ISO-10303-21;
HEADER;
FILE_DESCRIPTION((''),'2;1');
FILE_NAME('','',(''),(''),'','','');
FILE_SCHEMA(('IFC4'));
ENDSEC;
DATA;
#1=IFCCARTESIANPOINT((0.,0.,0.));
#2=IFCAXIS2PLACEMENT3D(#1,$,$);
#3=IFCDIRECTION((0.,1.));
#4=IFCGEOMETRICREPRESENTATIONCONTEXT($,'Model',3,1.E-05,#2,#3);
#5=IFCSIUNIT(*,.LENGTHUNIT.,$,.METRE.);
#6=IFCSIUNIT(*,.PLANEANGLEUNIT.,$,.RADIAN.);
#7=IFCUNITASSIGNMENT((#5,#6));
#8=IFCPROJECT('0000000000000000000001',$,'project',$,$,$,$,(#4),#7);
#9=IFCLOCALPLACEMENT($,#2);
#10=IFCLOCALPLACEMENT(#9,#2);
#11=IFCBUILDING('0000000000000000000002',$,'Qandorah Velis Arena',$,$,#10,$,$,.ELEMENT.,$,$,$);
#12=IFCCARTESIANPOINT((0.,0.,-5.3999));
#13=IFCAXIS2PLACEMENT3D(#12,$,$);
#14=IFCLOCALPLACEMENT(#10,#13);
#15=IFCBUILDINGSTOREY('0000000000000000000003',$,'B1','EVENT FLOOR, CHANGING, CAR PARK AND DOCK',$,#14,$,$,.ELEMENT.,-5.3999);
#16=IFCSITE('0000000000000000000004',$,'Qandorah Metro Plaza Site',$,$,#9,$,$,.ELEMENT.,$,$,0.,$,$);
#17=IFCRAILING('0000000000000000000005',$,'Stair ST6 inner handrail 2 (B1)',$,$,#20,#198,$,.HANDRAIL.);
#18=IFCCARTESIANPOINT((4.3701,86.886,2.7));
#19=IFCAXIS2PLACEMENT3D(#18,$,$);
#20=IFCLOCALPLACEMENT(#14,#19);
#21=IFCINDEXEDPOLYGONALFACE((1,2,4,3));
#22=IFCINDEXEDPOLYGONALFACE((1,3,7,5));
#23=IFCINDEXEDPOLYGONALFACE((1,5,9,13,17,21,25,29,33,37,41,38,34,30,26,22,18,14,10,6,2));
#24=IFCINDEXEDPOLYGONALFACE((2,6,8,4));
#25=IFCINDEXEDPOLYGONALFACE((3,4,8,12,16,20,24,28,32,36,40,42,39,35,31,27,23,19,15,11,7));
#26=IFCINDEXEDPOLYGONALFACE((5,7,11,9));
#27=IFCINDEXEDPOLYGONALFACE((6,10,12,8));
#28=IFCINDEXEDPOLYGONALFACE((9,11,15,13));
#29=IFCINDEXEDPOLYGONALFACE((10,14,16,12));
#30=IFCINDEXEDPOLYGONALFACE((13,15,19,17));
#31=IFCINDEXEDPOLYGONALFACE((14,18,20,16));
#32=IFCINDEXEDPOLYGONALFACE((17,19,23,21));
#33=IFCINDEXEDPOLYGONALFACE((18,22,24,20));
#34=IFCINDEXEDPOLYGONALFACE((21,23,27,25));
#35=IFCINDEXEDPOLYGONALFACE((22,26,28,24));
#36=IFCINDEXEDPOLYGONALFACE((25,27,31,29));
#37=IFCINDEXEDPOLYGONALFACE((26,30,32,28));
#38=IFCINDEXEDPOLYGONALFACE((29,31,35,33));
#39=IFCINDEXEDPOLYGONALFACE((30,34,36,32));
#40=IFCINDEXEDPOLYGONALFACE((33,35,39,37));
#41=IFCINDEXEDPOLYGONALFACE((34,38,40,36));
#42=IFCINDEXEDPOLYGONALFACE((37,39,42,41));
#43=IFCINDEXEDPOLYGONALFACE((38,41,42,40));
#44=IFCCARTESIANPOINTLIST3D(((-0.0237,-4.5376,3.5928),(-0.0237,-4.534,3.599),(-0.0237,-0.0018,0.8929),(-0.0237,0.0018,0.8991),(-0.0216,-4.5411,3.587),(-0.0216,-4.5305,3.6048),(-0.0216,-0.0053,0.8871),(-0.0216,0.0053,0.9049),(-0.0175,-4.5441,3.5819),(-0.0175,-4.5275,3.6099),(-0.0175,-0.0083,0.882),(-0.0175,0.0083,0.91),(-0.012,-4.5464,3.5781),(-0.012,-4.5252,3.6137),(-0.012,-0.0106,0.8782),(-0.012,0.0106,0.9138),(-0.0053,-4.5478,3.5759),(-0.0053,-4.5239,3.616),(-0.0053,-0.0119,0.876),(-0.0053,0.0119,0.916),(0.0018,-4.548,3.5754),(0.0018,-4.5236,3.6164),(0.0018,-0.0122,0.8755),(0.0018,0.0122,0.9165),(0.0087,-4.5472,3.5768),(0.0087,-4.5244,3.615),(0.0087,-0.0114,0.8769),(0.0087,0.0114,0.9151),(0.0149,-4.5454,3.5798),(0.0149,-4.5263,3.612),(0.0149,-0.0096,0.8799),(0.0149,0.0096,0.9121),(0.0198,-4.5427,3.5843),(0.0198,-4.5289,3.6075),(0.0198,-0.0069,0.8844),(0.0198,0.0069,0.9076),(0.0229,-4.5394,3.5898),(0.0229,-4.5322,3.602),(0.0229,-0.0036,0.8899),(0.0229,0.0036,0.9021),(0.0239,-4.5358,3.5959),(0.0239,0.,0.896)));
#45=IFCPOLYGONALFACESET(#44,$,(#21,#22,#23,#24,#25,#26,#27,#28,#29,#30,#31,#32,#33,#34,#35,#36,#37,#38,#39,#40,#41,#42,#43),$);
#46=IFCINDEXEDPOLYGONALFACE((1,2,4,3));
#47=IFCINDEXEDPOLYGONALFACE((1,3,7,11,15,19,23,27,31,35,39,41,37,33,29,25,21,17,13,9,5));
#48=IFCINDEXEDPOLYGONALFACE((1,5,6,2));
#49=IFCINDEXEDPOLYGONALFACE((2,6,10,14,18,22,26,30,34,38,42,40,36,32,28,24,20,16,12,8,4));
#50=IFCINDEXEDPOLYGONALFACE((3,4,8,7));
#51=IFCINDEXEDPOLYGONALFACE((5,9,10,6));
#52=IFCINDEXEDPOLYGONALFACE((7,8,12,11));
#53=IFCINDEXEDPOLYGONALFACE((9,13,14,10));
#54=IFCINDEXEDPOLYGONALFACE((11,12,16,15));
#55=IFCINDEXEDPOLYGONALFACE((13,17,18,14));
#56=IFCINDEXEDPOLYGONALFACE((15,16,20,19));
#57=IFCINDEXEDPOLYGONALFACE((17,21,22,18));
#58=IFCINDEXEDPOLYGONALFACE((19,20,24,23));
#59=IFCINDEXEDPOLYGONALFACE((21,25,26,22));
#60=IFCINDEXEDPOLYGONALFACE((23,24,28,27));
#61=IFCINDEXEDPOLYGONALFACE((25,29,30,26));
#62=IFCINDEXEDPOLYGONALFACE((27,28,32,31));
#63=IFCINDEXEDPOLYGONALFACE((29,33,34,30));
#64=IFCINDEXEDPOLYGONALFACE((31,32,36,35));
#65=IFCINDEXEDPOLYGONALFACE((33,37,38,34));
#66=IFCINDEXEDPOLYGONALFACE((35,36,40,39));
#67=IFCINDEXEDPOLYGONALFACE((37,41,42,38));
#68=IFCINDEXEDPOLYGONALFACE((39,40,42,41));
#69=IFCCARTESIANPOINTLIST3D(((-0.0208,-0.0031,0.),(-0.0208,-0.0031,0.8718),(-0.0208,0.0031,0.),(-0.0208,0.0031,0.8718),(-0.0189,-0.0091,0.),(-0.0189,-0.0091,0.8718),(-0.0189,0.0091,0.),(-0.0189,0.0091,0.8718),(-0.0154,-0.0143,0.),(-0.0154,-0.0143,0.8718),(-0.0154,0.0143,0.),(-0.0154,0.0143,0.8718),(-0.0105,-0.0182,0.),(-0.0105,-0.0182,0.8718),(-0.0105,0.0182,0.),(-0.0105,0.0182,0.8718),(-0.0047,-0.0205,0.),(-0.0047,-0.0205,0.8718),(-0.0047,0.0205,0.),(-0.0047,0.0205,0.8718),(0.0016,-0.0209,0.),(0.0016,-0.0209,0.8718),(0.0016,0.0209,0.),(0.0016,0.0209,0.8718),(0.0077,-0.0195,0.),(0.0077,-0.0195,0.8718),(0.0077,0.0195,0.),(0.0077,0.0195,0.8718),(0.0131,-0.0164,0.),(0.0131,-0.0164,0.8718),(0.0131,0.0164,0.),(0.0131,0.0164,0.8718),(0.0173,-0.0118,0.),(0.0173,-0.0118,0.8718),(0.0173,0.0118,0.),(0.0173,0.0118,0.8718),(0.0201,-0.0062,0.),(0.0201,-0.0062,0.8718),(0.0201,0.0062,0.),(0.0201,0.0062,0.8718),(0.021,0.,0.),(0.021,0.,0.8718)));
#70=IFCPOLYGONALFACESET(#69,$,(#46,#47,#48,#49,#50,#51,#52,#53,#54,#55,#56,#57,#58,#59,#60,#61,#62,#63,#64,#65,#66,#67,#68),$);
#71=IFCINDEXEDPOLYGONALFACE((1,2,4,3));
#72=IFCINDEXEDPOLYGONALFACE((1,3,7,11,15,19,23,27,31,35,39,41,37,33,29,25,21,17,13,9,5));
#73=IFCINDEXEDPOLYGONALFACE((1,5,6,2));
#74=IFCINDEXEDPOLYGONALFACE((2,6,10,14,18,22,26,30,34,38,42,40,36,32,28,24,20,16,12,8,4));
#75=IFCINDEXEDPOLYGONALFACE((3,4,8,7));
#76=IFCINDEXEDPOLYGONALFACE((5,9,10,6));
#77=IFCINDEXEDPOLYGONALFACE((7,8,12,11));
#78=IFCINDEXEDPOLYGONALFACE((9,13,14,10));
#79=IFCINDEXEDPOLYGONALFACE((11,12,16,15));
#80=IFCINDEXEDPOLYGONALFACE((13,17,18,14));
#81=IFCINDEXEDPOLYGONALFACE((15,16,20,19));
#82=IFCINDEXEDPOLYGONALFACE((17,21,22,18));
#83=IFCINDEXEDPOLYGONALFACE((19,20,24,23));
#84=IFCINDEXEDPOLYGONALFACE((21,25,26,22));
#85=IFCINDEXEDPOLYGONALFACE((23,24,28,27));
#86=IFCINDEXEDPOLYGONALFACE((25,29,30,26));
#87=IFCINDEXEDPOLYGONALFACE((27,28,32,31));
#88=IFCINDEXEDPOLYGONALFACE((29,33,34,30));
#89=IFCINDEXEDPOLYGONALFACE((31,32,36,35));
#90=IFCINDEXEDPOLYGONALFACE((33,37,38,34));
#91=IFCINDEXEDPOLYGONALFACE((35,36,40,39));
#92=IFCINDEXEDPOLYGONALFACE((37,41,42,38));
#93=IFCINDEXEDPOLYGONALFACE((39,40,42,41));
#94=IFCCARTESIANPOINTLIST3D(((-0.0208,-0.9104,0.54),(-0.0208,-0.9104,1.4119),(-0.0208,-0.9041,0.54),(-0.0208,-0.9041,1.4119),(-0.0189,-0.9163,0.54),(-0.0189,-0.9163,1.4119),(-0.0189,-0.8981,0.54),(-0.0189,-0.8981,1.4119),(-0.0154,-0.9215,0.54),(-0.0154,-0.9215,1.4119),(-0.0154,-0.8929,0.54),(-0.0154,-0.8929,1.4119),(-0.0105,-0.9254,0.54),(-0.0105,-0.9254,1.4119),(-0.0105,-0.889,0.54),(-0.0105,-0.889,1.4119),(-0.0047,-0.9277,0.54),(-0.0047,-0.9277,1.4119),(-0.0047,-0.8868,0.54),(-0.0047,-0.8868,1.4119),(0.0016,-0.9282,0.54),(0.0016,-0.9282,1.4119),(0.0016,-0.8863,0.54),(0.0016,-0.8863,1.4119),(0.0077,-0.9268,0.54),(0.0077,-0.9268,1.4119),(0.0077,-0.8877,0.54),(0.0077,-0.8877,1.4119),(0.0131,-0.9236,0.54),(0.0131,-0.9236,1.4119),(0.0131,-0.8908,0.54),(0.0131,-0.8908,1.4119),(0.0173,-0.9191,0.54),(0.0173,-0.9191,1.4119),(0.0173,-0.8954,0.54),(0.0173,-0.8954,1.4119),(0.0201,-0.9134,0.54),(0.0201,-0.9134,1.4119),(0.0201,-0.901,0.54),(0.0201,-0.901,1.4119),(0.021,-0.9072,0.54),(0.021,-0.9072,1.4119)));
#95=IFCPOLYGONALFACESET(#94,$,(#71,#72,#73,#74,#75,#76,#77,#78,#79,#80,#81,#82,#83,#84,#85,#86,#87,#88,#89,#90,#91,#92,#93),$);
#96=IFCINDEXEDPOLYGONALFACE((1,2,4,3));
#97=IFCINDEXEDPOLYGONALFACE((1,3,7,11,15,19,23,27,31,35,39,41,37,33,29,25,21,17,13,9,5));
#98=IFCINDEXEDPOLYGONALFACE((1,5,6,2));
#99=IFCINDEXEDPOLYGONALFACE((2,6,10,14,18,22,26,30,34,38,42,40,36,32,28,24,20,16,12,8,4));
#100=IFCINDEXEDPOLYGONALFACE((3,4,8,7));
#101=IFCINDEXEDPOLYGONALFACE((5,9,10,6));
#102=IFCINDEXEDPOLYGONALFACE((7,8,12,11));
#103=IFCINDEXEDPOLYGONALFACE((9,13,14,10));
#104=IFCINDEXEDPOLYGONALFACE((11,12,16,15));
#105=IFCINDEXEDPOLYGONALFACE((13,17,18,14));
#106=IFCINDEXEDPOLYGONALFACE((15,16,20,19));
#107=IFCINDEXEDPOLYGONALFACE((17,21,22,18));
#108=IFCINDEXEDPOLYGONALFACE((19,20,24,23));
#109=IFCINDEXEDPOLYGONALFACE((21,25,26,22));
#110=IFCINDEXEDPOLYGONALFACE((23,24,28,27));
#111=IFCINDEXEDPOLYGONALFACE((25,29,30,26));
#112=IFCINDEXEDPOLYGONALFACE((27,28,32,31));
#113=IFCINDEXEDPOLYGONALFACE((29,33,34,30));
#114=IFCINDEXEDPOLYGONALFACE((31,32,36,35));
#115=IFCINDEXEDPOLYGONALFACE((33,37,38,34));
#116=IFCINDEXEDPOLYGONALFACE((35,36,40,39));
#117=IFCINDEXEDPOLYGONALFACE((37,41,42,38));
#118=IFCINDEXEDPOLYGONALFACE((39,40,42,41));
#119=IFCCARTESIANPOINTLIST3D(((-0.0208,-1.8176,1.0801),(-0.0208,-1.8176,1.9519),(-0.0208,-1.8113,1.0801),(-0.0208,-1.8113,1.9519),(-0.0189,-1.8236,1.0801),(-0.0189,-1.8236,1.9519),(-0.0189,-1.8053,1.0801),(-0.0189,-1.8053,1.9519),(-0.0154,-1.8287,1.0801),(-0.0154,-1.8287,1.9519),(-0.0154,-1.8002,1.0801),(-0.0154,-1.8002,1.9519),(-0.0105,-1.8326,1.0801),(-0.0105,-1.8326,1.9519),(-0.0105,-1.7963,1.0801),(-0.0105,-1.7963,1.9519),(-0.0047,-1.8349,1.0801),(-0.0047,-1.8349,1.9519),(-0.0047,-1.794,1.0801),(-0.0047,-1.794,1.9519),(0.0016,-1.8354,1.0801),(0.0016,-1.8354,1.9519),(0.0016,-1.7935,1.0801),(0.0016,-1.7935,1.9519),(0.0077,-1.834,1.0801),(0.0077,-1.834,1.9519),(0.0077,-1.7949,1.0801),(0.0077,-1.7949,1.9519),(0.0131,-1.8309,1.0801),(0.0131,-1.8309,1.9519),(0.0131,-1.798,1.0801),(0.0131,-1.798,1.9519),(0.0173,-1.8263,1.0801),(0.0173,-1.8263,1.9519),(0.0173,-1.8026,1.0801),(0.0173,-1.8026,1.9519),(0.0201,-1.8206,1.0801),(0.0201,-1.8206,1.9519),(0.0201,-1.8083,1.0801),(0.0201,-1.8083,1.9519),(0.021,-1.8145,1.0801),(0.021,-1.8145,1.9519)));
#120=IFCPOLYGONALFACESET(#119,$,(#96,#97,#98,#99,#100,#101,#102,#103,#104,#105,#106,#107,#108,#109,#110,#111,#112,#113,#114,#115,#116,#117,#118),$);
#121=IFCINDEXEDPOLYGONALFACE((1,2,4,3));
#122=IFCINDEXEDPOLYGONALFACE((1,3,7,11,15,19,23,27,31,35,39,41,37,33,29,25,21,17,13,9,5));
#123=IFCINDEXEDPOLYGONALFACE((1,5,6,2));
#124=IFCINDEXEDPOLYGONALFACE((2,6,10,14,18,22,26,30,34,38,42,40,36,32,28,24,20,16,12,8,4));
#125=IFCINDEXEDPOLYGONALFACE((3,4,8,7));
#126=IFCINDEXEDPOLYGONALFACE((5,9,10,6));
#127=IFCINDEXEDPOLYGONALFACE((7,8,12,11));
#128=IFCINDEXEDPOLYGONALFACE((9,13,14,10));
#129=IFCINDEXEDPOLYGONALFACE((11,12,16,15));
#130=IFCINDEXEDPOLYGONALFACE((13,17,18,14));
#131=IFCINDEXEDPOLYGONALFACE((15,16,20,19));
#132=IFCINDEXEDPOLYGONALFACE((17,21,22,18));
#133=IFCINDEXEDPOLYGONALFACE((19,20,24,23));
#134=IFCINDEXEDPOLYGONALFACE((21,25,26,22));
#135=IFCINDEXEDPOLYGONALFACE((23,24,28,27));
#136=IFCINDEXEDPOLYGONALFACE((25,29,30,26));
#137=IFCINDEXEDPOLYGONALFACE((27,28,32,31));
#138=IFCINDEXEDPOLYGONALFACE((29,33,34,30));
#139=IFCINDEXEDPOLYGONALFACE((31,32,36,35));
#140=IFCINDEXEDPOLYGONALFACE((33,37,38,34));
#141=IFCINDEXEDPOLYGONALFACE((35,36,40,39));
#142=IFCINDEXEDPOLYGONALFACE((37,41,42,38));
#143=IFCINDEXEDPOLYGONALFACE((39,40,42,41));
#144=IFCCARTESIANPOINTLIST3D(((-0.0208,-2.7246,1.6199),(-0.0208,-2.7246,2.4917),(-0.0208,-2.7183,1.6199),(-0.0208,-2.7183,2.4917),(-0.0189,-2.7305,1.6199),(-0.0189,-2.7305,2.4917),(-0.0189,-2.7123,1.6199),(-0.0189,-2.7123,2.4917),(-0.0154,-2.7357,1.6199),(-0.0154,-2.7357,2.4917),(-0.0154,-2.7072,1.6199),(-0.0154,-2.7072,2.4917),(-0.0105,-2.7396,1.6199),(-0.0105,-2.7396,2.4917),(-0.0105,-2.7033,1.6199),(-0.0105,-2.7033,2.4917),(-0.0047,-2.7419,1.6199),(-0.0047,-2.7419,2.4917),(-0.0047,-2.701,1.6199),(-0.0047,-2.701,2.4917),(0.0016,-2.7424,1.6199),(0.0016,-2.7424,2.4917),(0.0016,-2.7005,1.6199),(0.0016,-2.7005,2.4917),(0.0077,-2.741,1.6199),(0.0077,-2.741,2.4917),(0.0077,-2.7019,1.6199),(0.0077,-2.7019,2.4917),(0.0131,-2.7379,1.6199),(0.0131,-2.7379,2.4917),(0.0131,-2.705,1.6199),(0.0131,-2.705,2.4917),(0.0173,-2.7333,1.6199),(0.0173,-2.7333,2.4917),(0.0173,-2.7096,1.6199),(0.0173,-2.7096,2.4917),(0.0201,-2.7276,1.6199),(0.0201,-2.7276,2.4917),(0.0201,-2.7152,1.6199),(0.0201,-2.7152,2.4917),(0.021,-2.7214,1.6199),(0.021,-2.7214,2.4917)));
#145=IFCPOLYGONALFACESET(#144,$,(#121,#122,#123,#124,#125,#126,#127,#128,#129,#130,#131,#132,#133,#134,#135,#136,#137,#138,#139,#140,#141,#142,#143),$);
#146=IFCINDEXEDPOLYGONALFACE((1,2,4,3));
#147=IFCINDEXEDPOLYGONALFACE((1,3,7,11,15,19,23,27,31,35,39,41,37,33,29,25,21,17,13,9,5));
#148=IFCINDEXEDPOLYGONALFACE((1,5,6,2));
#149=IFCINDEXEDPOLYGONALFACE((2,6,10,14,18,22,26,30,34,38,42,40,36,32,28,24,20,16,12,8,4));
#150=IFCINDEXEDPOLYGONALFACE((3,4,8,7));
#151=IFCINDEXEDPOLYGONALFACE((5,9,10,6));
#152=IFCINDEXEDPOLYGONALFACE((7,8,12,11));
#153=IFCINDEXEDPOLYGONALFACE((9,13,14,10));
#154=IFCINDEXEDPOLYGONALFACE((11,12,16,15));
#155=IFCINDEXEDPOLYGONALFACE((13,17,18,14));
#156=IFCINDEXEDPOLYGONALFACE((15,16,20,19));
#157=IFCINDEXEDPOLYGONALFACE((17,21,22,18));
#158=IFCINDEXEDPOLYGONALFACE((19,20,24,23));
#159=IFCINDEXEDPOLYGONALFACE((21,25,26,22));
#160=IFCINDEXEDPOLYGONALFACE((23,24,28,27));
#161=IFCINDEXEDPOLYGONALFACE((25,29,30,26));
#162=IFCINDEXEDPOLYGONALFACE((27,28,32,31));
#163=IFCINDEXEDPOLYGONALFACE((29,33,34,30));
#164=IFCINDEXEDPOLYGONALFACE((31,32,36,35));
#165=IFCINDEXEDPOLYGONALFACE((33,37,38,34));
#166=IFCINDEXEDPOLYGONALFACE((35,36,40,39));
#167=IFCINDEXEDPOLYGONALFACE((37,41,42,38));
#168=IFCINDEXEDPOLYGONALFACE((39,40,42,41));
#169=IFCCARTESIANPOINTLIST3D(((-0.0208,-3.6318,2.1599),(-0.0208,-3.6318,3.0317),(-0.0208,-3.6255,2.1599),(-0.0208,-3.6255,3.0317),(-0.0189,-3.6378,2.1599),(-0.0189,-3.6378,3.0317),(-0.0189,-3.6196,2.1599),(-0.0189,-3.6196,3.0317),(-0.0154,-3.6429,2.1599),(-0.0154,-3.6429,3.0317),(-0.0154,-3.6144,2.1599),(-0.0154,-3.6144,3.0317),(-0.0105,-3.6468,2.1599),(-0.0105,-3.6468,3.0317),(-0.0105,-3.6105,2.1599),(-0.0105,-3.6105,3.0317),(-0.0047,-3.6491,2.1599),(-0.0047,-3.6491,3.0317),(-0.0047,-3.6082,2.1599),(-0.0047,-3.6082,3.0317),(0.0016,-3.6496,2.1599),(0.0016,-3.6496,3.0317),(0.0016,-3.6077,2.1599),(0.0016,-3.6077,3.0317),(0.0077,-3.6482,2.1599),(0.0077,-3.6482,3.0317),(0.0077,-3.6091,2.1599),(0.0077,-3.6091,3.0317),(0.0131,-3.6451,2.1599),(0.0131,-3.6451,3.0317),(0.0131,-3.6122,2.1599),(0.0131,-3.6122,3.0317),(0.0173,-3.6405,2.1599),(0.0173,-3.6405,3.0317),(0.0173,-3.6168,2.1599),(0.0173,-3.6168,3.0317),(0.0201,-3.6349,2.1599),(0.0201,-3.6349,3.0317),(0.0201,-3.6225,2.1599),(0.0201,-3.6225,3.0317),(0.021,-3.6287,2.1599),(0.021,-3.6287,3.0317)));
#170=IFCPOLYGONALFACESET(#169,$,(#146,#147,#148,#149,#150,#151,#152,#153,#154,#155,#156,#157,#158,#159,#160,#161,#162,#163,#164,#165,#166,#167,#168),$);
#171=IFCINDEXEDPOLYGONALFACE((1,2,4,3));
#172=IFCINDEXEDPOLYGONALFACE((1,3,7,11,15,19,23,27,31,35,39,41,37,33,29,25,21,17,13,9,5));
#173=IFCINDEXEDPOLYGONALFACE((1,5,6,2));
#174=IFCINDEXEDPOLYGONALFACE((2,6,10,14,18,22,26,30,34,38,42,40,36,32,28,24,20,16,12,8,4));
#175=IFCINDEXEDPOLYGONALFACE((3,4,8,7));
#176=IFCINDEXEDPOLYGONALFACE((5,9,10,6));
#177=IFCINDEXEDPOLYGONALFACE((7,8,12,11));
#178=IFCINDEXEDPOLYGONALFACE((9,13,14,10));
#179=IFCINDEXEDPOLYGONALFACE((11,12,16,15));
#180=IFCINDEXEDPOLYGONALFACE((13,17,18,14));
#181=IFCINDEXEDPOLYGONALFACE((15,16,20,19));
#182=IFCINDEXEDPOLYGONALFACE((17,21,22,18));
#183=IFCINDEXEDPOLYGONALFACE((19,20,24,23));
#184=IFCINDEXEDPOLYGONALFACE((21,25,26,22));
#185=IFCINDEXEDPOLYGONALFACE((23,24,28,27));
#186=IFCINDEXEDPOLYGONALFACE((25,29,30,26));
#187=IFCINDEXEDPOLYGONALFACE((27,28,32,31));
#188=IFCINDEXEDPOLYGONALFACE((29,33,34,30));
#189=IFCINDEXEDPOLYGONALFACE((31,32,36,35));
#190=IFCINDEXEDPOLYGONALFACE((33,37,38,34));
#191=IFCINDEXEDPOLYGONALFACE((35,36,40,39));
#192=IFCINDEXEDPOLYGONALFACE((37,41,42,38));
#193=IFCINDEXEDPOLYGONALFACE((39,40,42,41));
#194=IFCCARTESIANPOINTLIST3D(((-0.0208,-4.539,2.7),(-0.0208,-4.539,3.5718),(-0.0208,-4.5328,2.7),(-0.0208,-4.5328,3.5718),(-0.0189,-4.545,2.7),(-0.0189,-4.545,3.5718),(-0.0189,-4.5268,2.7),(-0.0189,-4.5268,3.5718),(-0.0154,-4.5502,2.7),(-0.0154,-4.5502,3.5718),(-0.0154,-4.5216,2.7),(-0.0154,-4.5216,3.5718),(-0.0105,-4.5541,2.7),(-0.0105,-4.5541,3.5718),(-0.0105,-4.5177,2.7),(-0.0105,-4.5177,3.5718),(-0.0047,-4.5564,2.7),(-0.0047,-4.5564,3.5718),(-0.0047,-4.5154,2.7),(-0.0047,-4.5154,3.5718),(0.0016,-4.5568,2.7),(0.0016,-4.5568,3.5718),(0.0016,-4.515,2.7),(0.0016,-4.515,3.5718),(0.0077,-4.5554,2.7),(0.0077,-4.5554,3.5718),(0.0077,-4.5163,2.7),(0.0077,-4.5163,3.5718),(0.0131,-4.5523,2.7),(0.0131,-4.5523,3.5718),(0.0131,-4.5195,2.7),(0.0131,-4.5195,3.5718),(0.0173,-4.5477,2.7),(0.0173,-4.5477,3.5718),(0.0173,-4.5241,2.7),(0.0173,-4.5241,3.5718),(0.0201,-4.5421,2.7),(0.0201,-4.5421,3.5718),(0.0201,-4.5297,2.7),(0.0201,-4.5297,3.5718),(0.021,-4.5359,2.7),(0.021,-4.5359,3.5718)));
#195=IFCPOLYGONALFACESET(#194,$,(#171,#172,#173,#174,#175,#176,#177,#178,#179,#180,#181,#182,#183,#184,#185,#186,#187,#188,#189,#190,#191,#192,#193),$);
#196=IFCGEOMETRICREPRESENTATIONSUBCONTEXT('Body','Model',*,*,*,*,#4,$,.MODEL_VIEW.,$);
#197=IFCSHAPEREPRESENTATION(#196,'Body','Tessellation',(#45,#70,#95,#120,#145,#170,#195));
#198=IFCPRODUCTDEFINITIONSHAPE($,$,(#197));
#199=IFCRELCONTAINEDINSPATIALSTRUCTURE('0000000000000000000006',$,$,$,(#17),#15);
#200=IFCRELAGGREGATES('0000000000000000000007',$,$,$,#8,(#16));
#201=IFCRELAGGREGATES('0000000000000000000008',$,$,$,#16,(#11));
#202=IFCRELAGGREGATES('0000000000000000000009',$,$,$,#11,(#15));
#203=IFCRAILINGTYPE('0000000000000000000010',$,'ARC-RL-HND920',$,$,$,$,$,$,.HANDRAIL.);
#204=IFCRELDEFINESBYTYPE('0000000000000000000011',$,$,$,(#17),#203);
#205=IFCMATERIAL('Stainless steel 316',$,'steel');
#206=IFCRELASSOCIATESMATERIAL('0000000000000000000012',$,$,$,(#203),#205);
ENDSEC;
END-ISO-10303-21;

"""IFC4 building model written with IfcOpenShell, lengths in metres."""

from ifc_helpers import new_model, si_unit, direction, frame, origin, origin_2d, place, context, subcontext, project, spatial, circle, extrude, material, type_object, element, save


model = new_model("IFC4")

# Units and contexts
model_context = context("Model", 3, precision=1e-05, world=origin(), true_north=direction((0.0, 1.0)))
body_context = subcontext(model_context, "Body", "Model", "MODEL_VIEW")
ifc_project = project(units=[si_unit("LENGTHUNIT", "METRE"), si_unit("PLANEANGLEUNIT", "RADIAN")], contexts=[model_context])

# Site, building, storey
site_placement = place(None, origin())
site = spatial("IfcSite", under=ifc_project, at=site_placement, Name="Qandorah Metro Plaza Site", CompositionType="ELEMENT", RefElevation=0.0)
building_placement = place(site_placement, origin())
building = spatial("IfcBuilding", under=site, at=building_placement, Name="Qandorah Velis Arena", CompositionType="ELEMENT")
storey_placement = place(building_placement, frame((0.0, 0.0, -5.3999)))
storey = spatial("IfcBuildingStorey", under=building, at=storey_placement, Name="B1", Description="EVENT FLOOR, CHANGING, CAR PARK AND DOCK", CompositionType="ELEMENT", Elevation=-5.3999)

# Railing
ifc_material_1 = material(Name="Stainless steel 316", Category="steel")
railing_type_1 = type_object("IfcRailingType", Name="ARC-RL-HND920", PredefinedType="HANDRAIL", material=ifc_material_1)
railing_1_placement = place(storey_placement, frame((4.3701, 86.886, 2.7)))
element("IfcRailing", 1, at=railing_1_placement, inside=storey, type_object=railing_type_1, Name="Stair ST6 inner handrail 2 (B1)", PredefinedType="HANDRAIL", context=body_context, shape_type="SweptSolid", body=[
    extrude(circle(Radius=0.0239, at=origin_2d()), frame((0.0, 0.0, 0.896), z_axis=(0.0, -0.859291, 0.511486), x_axis=(1.0, 0.0, 0.0)), (0.0, 0.0, 1.0), 5.2786),
    extrude(circle(Radius=0.021, at=origin_2d()), origin(), (0.0, 0.0, 1.0), 0.8718),
    extrude(circle(Radius=0.021, at=origin_2d()), frame((0.0, -0.9072, 0.54)), (0.0, 0.0, 1.0), 0.8718),
    extrude(circle(Radius=0.021, at=origin_2d()), frame((0.0, -1.8145, 1.0801)), (0.0, 0.0, 1.0), 0.8718),
    extrude(circle(Radius=0.021, at=origin_2d()), frame((0.0, -2.7214, 1.6199)), (0.0, 0.0, 1.0), 0.8718),
    extrude(circle(Radius=0.021, at=origin_2d()), frame((0.0, -3.6287, 2.1599)), (0.0, 0.0, 1.0), 0.8718),
    extrude(circle(Radius=0.021, at=origin_2d()), frame((0.0, -4.5359, 2.7)), (0.0, 0.0, 1.0), 0.8718),
])

save(model, "model.ifc")
